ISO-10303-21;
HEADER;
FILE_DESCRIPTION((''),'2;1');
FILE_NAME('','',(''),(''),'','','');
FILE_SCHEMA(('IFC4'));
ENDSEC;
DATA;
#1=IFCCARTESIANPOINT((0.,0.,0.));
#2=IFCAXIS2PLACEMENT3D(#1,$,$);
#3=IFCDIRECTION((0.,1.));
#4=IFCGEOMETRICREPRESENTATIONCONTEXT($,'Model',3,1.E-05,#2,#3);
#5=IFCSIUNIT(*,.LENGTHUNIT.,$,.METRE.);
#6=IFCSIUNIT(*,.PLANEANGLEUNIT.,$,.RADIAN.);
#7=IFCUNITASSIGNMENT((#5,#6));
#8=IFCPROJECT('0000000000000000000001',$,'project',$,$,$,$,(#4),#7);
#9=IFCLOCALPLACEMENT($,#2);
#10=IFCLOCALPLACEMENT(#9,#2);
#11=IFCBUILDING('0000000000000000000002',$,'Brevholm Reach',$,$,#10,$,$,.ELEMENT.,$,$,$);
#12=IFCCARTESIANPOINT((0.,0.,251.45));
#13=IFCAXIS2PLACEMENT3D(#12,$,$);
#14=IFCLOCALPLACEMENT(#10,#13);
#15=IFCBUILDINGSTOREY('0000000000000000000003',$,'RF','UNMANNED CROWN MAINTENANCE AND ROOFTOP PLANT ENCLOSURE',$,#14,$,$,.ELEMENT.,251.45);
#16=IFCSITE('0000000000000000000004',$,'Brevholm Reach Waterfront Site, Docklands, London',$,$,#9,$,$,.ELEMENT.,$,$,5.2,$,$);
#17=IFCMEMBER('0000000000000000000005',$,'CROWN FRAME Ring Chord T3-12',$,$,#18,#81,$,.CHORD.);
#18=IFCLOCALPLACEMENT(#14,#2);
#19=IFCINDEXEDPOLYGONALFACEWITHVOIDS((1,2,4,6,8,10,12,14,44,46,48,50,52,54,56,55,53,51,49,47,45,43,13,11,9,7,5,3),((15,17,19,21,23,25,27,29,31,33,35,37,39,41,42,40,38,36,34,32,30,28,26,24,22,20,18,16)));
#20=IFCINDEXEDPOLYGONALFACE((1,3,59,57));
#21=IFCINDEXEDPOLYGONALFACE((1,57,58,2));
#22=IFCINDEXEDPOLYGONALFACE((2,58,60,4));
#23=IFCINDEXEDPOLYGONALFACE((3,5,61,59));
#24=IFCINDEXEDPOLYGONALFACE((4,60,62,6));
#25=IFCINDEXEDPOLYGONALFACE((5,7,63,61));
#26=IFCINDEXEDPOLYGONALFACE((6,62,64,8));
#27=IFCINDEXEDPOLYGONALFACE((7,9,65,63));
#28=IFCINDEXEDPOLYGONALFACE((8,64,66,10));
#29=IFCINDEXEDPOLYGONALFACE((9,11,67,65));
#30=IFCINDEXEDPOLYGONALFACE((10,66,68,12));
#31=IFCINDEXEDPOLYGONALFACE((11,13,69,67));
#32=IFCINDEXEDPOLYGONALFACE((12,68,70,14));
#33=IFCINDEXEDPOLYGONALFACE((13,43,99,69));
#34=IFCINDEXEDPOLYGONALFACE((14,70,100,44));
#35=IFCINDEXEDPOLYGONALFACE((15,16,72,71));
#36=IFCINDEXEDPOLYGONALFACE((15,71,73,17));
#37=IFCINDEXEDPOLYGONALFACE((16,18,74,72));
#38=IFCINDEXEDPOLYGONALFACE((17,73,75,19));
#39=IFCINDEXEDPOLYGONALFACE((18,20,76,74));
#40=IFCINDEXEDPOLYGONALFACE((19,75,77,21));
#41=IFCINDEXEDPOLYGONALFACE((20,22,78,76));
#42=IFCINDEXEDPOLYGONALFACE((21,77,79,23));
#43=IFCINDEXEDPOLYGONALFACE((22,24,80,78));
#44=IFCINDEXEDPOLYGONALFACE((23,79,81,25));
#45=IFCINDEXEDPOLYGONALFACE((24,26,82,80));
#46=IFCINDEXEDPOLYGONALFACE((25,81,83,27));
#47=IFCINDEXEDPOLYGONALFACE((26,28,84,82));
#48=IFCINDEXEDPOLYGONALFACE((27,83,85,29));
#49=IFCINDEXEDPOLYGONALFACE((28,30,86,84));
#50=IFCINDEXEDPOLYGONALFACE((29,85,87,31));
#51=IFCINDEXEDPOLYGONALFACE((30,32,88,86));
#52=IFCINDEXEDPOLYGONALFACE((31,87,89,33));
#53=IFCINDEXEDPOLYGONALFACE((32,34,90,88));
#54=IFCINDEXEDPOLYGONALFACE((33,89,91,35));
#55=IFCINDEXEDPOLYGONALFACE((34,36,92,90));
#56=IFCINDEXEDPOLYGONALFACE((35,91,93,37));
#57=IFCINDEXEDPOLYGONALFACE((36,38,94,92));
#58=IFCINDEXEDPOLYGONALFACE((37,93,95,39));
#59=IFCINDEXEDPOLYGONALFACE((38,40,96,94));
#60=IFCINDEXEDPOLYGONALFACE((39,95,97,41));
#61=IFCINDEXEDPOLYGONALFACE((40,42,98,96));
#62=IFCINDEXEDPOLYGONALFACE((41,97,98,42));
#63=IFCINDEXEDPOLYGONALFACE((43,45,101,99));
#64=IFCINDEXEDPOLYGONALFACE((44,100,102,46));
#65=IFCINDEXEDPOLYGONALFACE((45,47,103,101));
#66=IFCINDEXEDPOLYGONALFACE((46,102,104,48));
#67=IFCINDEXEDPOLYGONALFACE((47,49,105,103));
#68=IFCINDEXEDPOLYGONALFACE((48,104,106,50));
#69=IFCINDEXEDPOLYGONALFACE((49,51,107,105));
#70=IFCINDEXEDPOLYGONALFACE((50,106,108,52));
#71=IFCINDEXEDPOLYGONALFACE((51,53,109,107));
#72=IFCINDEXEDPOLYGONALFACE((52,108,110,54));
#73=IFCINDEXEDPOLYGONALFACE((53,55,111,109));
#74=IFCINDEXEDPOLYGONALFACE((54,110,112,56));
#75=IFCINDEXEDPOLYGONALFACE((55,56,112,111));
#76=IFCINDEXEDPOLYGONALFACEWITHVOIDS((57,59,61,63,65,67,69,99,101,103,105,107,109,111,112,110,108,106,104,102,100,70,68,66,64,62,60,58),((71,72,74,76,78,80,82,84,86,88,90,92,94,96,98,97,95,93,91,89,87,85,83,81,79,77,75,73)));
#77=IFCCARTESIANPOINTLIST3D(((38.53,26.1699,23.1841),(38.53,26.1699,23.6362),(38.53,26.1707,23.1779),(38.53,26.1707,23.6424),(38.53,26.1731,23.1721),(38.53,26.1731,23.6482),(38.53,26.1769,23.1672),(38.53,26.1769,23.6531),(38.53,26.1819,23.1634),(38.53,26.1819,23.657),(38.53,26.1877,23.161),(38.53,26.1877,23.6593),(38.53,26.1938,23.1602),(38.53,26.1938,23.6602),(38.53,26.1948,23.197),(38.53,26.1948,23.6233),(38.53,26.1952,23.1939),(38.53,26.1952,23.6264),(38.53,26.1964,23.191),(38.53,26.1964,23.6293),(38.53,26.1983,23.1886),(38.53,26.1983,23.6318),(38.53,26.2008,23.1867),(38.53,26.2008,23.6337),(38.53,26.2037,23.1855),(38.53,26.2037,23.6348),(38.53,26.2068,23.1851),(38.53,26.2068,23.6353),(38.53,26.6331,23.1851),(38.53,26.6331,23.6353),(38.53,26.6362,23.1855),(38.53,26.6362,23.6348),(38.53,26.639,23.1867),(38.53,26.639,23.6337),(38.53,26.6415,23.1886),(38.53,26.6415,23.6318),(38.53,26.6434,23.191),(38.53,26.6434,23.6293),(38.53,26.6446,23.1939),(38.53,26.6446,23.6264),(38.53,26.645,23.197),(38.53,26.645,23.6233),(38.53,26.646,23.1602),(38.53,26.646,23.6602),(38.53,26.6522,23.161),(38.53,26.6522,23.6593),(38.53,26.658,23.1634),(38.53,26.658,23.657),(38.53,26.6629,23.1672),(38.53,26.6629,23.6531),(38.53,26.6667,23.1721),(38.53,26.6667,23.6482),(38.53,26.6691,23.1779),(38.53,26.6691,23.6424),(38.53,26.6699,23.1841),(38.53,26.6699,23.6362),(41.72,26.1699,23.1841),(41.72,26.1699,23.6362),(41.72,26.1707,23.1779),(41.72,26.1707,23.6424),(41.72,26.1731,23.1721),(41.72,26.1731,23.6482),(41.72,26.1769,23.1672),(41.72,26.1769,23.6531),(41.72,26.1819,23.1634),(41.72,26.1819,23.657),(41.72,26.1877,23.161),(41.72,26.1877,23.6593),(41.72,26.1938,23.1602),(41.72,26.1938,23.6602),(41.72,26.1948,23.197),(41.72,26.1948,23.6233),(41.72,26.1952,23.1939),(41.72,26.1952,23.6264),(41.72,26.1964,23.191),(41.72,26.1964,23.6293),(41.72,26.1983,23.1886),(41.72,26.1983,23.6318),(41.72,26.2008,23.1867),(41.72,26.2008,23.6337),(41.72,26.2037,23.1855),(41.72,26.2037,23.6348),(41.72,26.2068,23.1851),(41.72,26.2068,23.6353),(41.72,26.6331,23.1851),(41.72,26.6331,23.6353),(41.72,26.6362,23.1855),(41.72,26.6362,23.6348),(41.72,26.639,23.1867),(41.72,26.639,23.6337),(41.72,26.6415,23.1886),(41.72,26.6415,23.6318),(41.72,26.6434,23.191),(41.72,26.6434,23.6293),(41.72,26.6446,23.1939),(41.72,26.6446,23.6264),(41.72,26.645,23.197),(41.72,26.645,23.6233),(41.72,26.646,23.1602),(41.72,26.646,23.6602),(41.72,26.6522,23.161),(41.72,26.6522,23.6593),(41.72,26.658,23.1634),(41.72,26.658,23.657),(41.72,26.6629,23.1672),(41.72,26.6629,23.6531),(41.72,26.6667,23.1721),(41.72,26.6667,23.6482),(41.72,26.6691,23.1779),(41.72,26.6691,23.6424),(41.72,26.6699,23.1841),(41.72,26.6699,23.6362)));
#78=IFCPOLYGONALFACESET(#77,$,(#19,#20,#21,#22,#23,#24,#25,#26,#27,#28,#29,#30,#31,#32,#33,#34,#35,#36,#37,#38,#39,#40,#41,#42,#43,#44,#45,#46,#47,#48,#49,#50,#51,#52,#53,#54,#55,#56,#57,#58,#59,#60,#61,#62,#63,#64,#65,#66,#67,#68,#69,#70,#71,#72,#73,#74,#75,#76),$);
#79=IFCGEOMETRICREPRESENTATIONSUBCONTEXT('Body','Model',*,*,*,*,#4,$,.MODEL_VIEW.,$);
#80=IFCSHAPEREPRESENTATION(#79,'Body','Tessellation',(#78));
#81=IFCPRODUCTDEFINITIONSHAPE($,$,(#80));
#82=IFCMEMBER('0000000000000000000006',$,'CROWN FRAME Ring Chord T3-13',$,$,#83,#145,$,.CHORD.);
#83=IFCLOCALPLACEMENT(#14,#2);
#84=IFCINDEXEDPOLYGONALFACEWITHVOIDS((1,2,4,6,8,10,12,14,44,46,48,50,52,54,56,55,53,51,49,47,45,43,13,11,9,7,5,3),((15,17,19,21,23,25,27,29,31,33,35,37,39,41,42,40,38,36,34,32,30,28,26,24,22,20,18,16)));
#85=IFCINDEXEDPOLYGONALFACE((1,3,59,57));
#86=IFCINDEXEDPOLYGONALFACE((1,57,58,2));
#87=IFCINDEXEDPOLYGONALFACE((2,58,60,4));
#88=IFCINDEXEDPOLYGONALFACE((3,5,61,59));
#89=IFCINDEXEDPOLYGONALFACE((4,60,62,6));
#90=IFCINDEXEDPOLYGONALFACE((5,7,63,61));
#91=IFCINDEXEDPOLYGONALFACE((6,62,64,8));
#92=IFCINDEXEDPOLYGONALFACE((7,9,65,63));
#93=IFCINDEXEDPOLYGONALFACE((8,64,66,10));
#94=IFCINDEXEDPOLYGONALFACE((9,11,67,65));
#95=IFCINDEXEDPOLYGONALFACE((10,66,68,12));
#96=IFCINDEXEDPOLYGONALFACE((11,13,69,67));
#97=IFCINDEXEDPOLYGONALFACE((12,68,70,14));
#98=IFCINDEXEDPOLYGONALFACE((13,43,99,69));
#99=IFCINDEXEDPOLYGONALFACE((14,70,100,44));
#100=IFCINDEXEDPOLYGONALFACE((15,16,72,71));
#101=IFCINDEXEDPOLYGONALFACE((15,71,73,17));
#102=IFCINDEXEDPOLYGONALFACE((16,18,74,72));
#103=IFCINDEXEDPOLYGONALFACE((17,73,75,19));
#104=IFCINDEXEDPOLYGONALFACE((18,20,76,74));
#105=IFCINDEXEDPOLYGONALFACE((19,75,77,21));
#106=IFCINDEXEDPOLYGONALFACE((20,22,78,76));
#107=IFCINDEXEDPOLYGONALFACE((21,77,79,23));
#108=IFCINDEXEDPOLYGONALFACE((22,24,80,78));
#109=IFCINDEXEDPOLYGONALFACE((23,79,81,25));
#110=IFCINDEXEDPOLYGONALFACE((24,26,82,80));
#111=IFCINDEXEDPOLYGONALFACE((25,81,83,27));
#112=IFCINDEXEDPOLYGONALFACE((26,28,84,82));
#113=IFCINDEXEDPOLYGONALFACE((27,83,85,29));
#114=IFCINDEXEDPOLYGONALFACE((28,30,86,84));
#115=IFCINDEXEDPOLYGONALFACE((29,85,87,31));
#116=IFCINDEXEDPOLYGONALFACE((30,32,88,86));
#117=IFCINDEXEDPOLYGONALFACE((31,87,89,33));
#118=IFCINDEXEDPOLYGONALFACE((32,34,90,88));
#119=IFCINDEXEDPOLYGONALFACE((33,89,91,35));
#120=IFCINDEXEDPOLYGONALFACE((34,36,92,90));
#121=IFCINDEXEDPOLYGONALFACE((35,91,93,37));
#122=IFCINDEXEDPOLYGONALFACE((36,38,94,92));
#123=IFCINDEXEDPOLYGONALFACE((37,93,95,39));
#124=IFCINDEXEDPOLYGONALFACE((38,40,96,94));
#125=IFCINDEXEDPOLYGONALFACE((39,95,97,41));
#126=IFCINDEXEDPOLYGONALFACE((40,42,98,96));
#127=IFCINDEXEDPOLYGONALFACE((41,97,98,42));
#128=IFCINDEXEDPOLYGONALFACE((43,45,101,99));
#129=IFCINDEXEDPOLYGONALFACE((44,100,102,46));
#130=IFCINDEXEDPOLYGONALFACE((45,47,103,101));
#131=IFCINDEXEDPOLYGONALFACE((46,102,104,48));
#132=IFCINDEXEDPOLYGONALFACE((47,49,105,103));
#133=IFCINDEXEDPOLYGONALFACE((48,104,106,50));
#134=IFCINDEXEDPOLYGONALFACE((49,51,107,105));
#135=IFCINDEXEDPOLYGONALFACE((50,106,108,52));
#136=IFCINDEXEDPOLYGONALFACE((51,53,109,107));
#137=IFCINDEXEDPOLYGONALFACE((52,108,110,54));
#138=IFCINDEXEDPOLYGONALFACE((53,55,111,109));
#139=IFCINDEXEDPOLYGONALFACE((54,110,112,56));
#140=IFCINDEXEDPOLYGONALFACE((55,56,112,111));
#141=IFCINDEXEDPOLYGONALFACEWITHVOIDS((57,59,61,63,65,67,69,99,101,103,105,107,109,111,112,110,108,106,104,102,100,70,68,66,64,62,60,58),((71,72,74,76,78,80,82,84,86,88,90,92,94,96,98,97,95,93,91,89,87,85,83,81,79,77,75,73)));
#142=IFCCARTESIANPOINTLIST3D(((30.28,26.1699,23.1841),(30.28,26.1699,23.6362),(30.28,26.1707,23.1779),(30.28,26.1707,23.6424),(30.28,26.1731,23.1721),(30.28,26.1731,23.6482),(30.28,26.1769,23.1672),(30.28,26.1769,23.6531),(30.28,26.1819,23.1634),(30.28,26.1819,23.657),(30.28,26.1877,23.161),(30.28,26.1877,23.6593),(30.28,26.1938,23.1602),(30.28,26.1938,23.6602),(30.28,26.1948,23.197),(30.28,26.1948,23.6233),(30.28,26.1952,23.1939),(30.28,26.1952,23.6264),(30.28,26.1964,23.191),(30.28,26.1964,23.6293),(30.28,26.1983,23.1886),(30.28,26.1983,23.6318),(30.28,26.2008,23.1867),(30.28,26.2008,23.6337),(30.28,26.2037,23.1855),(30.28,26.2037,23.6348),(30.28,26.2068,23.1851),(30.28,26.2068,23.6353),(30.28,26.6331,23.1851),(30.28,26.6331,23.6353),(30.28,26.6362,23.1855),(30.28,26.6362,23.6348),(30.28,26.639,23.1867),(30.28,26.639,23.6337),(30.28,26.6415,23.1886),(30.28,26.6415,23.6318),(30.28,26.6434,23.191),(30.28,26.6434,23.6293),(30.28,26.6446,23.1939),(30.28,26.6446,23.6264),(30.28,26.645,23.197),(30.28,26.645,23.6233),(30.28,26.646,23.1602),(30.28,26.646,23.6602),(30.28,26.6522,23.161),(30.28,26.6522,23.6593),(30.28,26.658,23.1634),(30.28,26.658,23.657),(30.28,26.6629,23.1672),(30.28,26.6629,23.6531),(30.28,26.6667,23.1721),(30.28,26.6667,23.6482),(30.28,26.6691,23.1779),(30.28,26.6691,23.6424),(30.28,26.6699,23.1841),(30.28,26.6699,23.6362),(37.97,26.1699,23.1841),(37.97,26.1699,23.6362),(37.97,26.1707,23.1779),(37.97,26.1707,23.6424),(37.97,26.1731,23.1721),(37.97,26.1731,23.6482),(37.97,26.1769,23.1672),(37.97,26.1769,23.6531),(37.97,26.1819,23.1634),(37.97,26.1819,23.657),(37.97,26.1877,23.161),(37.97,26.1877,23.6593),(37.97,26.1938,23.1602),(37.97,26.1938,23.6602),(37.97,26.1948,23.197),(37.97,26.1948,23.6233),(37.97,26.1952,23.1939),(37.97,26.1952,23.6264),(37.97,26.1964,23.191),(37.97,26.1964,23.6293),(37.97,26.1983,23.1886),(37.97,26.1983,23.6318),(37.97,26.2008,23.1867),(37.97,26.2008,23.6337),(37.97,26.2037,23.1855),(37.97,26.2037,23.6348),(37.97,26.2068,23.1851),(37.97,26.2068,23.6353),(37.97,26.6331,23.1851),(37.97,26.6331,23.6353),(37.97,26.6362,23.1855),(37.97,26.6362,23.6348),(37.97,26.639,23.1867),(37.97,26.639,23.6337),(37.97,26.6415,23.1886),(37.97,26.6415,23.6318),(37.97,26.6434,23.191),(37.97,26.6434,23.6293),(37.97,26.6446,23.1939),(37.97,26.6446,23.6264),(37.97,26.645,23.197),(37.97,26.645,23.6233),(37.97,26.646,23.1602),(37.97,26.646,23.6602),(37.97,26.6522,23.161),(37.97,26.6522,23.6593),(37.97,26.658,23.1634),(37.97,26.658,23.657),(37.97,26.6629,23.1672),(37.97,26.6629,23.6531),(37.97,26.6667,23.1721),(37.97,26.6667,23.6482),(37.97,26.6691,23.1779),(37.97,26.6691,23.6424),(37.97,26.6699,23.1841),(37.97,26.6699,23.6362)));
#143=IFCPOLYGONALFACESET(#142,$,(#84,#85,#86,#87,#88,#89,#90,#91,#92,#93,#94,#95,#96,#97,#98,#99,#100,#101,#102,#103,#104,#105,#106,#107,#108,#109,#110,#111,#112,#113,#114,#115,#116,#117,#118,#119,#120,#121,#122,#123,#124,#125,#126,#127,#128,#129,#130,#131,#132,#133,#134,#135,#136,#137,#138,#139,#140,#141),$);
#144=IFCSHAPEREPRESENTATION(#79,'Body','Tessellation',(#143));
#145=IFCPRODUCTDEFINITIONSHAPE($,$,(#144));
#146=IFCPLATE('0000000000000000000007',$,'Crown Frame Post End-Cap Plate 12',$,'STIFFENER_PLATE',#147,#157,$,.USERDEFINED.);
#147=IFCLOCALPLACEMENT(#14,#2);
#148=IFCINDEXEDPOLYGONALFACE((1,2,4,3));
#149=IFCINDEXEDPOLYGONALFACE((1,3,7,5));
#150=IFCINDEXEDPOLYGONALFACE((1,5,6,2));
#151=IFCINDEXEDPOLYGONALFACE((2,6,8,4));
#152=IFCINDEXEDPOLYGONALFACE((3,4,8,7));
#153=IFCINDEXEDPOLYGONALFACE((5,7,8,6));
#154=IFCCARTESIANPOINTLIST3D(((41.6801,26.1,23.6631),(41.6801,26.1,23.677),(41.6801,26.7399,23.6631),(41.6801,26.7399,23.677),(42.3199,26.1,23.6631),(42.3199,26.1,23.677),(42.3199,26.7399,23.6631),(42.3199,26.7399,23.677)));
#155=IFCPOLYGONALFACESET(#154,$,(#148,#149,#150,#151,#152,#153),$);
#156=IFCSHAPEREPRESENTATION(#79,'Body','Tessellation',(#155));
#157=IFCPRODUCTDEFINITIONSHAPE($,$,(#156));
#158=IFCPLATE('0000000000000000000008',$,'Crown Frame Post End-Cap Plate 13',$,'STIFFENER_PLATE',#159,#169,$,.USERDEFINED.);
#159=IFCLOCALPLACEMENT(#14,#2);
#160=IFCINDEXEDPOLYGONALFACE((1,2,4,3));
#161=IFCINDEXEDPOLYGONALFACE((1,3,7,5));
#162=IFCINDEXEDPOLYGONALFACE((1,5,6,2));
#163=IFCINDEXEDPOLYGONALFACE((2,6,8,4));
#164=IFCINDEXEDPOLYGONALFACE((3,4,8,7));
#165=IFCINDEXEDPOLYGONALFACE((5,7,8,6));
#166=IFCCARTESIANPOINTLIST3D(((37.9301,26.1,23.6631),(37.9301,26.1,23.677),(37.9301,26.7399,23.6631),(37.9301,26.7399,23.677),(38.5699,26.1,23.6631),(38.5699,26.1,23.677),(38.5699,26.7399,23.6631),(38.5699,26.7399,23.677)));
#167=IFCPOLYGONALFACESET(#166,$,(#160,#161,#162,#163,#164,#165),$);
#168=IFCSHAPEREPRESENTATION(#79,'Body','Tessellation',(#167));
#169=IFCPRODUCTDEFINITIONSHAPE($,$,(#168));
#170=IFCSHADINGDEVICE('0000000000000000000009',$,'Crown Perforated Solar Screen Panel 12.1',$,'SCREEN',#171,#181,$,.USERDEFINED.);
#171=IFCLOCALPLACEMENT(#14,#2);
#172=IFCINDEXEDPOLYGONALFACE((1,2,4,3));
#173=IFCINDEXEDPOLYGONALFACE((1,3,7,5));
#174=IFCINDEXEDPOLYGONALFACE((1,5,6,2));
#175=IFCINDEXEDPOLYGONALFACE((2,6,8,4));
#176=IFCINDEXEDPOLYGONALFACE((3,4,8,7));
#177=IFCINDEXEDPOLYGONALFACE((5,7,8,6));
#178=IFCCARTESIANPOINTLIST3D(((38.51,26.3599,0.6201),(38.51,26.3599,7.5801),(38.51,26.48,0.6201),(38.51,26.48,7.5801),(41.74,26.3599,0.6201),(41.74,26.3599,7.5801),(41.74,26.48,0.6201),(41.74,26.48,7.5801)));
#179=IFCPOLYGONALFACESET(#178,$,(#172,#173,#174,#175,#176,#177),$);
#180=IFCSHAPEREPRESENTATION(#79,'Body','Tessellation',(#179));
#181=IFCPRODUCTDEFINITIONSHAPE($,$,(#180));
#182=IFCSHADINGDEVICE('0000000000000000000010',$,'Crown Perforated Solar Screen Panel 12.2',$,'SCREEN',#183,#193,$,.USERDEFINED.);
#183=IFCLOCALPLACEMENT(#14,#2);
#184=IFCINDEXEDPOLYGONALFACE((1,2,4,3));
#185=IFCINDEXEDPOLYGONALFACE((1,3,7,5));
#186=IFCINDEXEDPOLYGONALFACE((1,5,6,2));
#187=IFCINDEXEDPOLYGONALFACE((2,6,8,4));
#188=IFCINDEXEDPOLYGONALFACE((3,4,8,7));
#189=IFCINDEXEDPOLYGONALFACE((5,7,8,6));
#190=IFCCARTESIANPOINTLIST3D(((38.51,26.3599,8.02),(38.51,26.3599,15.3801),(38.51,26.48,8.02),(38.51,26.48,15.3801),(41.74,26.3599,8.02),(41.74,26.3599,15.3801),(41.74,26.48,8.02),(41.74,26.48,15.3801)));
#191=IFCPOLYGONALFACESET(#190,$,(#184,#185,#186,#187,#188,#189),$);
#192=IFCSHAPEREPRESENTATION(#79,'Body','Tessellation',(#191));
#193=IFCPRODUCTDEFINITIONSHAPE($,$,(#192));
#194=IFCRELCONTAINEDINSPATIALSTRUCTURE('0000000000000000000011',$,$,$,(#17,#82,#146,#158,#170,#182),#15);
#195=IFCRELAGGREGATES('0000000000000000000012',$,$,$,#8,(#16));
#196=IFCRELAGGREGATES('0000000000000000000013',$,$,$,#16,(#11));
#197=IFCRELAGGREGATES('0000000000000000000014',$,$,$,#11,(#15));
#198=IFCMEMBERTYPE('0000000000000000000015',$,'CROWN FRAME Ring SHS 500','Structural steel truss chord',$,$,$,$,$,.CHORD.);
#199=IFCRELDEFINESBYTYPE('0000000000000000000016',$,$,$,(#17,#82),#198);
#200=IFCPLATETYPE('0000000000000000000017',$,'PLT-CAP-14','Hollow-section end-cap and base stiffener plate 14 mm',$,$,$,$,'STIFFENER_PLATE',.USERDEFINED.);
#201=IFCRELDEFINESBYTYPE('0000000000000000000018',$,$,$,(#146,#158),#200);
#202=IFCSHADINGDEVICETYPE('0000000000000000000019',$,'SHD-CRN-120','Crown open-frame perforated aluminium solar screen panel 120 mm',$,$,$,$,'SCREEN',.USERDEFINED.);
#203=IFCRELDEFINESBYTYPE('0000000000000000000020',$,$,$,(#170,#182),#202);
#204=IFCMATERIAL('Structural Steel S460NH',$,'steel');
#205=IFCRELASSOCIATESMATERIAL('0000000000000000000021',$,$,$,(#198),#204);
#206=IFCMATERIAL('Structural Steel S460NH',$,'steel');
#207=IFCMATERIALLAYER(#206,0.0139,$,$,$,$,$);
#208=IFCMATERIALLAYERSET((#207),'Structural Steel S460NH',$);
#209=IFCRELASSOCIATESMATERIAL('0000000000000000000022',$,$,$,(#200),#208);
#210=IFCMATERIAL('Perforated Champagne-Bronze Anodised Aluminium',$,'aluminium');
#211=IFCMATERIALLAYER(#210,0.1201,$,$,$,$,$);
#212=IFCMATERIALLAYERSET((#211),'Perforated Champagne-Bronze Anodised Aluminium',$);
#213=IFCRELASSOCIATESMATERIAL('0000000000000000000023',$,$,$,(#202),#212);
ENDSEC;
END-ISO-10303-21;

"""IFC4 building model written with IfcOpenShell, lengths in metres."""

from ifc_helpers import new_model, si_unit, direction, frame, origin, origin_2d, place, context, subcontext, project, spatial, rectangle, hollow_rectangle, extrude, material, layer, layer_set, material_profile, profile_set, type_object, element, save


model = new_model("IFC4")

# Units and contexts
model_context = context("Model", 3, precision=1e-05, world=origin(), true_north=direction((0.0, 1.0)))
body_context = subcontext(model_context, "Body", "Model", "MODEL_VIEW")
ifc_project = project(units=[si_unit("LENGTHUNIT", "METRE"), si_unit("PLANEANGLEUNIT", "RADIAN")], contexts=[model_context])

# Site, building, storey
site_placement = place(None, origin())
site = spatial("IfcSite", under=ifc_project, at=site_placement, Name="Brevholm Reach Waterfront Site, Docklands, London", CompositionType="ELEMENT", RefElevation=5.2)
building_placement = place(site_placement, origin())
building = spatial("IfcBuilding", under=site, at=building_placement, Name="Brevholm Reach", CompositionType="ELEMENT")
storey_placement = place(building_placement, frame((0.0, 0.0, 251.45)))
storey = spatial("IfcBuildingStorey", under=building, at=storey_placement, Name="RF", Description="UNMANNED CROWN MAINTENANCE AND ROOFTOP PLANT ENCLOSURE", CompositionType="ELEMENT", Elevation=251.45)

# Members
ifc_material_1 = material(Name="Structural Steel S460NH", Category="steel")
ifc_material_profile_1 = material_profile(ifc_material_1, hollow_rectangle(XDim=0.5, YDim=0.5, WallThickness=0.0249, InnerFilletRadius=0.012, OuterFilletRadius=0.0239, at=origin_2d()), Name="SHS 500x500x25")
ifc_profile_set_1 = profile_set([ifc_material_profile_1], Name="Structural Steel S460NH")
member_type_1 = type_object("IfcMemberType", Name="CROWN FRAME Ring SHS 500", Description="Structural steel truss chord", PredefinedType="CHORD", material=ifc_profile_set_1)
member_1_placement = place(storey_placement, frame((41.72, 26.4199, 23.4102), z_axis=(-1.0, 0.0, 0.0), x_axis=(0.0, -1.0, 0.0)))
element("IfcMember", 1, at=member_1_placement, inside=storey, type_object=member_type_1, Name="CROWN FRAME Ring Chord T3-12", PredefinedType="CHORD", context=body_context, shape_type="SweptSolid", body=[
    extrude(hollow_rectangle(XDim=0.5, YDim=0.5, WallThickness=0.0249, InnerFilletRadius=0.012, OuterFilletRadius=0.0239, at=origin_2d()), origin(), (0.0, 0.0, 1.0), 3.1899),
])
member_2_placement = place(storey_placement, frame((37.97, 26.4199, 23.4102), z_axis=(-1.0, 0.0, 0.0), x_axis=(0.0, -1.0, 0.0)))
element("IfcMember", 2, at=member_2_placement, inside=storey, type_object=member_type_1, Name="CROWN FRAME Ring Chord T3-13", PredefinedType="CHORD", context=body_context, shape_type="SweptSolid", body=[
    extrude(hollow_rectangle(XDim=0.5, YDim=0.5, WallThickness=0.0249, InnerFilletRadius=0.012, OuterFilletRadius=0.0239, at=origin_2d()), origin(), (0.0, 0.0, 1.0), 7.6899),
])

# Plates
ifc_material_2 = material(Name="Structural Steel S460NH", Category="steel")
ifc_layer_1 = layer(ifc_material_2, 0.0139)
ifc_layer_set_1 = layer_set([ifc_layer_1], Name="Structural Steel S460NH")
plate_type = type_object("IfcPlateType", Name="PLT-CAP-14", Description="Hollow-section end-cap and base stiffener plate 14 mm", ElementType="STIFFENER_PLATE", PredefinedType="USERDEFINED", material=ifc_layer_set_1)
for number, where, z_axis, x_axis, name in (
    (3, (42.0, 26.4199, 23.6631), (0.0, 0.0, 1.0), (1.0, 0.0, 0.0), "Crown Frame Post End-Cap Plate 12"),
    (4, (38.25, 26.4199, 23.6631), (0.0, 0.0, 1.0), (1.0, 0.0, 0.0), "Crown Frame Post End-Cap Plate 13"),
):
    element("IfcPlate", number, at=place(storey_placement, frame(where, z_axis=z_axis, x_axis=x_axis)), inside=storey, type_object=plate_type, Name=name, ObjectType="STIFFENER_PLATE", PredefinedType="USERDEFINED", context=body_context, shape_type="SweptSolid", body=[
        extrude(rectangle(XDim=0.6399, YDim=0.6399, at=origin_2d()), origin(), (0.0, 0.0, 1.0), 0.0139),
    ])

# Shading devices
ifc_material_3 = material(Name="Perforated Champagne-Bronze Anodised Aluminium", Category="aluminium")
ifc_layer_2 = layer(ifc_material_3, 0.1201)
ifc_layer_set_2 = layer_set([ifc_layer_2], Name="Perforated Champagne-Bronze Anodised Aluminium")
shading_device_type = type_object("IfcShadingDeviceType", Name="SHD-CRN-120", Description="Crown open-frame perforated aluminium solar screen panel 120 mm", ElementType="SCREEN", PredefinedType="USERDEFINED", material=ifc_layer_set_2)
shading_device_1_placement = place(storey_placement, frame((40.125, 26.4199, 0.6201), z_axis=(0.0, 0.0, 1.0), x_axis=(-1.0, 0.0, 0.0)))
element("IfcShadingDevice", 5, at=shading_device_1_placement, inside=storey, type_object=shading_device_type, Name="Crown Perforated Solar Screen Panel 12.1", ObjectType="SCREEN", PredefinedType="USERDEFINED", context=body_context, shape_type="SweptSolid", body=[
    extrude(rectangle(XDim=3.23, YDim=0.1201, at=origin_2d()), origin(), (0.0, 0.0, 1.0), 6.96),
])
shading_device_2_placement = place(storey_placement, frame((40.125, 26.4199, 8.02), z_axis=(0.0, 0.0, 1.0), x_axis=(-1.0, 0.0, 0.0)))
element("IfcShadingDevice", 6, at=shading_device_2_placement, inside=storey, type_object=shading_device_type, Name="Crown Perforated Solar Screen Panel 12.2", ObjectType="SCREEN", PredefinedType="USERDEFINED", context=body_context, shape_type="SweptSolid", body=[
    extrude(rectangle(XDim=3.23, YDim=0.1201, at=origin_2d()), origin(), (0.0, 0.0, 1.0), 7.3601),
])

save(model, "model.ifc")
